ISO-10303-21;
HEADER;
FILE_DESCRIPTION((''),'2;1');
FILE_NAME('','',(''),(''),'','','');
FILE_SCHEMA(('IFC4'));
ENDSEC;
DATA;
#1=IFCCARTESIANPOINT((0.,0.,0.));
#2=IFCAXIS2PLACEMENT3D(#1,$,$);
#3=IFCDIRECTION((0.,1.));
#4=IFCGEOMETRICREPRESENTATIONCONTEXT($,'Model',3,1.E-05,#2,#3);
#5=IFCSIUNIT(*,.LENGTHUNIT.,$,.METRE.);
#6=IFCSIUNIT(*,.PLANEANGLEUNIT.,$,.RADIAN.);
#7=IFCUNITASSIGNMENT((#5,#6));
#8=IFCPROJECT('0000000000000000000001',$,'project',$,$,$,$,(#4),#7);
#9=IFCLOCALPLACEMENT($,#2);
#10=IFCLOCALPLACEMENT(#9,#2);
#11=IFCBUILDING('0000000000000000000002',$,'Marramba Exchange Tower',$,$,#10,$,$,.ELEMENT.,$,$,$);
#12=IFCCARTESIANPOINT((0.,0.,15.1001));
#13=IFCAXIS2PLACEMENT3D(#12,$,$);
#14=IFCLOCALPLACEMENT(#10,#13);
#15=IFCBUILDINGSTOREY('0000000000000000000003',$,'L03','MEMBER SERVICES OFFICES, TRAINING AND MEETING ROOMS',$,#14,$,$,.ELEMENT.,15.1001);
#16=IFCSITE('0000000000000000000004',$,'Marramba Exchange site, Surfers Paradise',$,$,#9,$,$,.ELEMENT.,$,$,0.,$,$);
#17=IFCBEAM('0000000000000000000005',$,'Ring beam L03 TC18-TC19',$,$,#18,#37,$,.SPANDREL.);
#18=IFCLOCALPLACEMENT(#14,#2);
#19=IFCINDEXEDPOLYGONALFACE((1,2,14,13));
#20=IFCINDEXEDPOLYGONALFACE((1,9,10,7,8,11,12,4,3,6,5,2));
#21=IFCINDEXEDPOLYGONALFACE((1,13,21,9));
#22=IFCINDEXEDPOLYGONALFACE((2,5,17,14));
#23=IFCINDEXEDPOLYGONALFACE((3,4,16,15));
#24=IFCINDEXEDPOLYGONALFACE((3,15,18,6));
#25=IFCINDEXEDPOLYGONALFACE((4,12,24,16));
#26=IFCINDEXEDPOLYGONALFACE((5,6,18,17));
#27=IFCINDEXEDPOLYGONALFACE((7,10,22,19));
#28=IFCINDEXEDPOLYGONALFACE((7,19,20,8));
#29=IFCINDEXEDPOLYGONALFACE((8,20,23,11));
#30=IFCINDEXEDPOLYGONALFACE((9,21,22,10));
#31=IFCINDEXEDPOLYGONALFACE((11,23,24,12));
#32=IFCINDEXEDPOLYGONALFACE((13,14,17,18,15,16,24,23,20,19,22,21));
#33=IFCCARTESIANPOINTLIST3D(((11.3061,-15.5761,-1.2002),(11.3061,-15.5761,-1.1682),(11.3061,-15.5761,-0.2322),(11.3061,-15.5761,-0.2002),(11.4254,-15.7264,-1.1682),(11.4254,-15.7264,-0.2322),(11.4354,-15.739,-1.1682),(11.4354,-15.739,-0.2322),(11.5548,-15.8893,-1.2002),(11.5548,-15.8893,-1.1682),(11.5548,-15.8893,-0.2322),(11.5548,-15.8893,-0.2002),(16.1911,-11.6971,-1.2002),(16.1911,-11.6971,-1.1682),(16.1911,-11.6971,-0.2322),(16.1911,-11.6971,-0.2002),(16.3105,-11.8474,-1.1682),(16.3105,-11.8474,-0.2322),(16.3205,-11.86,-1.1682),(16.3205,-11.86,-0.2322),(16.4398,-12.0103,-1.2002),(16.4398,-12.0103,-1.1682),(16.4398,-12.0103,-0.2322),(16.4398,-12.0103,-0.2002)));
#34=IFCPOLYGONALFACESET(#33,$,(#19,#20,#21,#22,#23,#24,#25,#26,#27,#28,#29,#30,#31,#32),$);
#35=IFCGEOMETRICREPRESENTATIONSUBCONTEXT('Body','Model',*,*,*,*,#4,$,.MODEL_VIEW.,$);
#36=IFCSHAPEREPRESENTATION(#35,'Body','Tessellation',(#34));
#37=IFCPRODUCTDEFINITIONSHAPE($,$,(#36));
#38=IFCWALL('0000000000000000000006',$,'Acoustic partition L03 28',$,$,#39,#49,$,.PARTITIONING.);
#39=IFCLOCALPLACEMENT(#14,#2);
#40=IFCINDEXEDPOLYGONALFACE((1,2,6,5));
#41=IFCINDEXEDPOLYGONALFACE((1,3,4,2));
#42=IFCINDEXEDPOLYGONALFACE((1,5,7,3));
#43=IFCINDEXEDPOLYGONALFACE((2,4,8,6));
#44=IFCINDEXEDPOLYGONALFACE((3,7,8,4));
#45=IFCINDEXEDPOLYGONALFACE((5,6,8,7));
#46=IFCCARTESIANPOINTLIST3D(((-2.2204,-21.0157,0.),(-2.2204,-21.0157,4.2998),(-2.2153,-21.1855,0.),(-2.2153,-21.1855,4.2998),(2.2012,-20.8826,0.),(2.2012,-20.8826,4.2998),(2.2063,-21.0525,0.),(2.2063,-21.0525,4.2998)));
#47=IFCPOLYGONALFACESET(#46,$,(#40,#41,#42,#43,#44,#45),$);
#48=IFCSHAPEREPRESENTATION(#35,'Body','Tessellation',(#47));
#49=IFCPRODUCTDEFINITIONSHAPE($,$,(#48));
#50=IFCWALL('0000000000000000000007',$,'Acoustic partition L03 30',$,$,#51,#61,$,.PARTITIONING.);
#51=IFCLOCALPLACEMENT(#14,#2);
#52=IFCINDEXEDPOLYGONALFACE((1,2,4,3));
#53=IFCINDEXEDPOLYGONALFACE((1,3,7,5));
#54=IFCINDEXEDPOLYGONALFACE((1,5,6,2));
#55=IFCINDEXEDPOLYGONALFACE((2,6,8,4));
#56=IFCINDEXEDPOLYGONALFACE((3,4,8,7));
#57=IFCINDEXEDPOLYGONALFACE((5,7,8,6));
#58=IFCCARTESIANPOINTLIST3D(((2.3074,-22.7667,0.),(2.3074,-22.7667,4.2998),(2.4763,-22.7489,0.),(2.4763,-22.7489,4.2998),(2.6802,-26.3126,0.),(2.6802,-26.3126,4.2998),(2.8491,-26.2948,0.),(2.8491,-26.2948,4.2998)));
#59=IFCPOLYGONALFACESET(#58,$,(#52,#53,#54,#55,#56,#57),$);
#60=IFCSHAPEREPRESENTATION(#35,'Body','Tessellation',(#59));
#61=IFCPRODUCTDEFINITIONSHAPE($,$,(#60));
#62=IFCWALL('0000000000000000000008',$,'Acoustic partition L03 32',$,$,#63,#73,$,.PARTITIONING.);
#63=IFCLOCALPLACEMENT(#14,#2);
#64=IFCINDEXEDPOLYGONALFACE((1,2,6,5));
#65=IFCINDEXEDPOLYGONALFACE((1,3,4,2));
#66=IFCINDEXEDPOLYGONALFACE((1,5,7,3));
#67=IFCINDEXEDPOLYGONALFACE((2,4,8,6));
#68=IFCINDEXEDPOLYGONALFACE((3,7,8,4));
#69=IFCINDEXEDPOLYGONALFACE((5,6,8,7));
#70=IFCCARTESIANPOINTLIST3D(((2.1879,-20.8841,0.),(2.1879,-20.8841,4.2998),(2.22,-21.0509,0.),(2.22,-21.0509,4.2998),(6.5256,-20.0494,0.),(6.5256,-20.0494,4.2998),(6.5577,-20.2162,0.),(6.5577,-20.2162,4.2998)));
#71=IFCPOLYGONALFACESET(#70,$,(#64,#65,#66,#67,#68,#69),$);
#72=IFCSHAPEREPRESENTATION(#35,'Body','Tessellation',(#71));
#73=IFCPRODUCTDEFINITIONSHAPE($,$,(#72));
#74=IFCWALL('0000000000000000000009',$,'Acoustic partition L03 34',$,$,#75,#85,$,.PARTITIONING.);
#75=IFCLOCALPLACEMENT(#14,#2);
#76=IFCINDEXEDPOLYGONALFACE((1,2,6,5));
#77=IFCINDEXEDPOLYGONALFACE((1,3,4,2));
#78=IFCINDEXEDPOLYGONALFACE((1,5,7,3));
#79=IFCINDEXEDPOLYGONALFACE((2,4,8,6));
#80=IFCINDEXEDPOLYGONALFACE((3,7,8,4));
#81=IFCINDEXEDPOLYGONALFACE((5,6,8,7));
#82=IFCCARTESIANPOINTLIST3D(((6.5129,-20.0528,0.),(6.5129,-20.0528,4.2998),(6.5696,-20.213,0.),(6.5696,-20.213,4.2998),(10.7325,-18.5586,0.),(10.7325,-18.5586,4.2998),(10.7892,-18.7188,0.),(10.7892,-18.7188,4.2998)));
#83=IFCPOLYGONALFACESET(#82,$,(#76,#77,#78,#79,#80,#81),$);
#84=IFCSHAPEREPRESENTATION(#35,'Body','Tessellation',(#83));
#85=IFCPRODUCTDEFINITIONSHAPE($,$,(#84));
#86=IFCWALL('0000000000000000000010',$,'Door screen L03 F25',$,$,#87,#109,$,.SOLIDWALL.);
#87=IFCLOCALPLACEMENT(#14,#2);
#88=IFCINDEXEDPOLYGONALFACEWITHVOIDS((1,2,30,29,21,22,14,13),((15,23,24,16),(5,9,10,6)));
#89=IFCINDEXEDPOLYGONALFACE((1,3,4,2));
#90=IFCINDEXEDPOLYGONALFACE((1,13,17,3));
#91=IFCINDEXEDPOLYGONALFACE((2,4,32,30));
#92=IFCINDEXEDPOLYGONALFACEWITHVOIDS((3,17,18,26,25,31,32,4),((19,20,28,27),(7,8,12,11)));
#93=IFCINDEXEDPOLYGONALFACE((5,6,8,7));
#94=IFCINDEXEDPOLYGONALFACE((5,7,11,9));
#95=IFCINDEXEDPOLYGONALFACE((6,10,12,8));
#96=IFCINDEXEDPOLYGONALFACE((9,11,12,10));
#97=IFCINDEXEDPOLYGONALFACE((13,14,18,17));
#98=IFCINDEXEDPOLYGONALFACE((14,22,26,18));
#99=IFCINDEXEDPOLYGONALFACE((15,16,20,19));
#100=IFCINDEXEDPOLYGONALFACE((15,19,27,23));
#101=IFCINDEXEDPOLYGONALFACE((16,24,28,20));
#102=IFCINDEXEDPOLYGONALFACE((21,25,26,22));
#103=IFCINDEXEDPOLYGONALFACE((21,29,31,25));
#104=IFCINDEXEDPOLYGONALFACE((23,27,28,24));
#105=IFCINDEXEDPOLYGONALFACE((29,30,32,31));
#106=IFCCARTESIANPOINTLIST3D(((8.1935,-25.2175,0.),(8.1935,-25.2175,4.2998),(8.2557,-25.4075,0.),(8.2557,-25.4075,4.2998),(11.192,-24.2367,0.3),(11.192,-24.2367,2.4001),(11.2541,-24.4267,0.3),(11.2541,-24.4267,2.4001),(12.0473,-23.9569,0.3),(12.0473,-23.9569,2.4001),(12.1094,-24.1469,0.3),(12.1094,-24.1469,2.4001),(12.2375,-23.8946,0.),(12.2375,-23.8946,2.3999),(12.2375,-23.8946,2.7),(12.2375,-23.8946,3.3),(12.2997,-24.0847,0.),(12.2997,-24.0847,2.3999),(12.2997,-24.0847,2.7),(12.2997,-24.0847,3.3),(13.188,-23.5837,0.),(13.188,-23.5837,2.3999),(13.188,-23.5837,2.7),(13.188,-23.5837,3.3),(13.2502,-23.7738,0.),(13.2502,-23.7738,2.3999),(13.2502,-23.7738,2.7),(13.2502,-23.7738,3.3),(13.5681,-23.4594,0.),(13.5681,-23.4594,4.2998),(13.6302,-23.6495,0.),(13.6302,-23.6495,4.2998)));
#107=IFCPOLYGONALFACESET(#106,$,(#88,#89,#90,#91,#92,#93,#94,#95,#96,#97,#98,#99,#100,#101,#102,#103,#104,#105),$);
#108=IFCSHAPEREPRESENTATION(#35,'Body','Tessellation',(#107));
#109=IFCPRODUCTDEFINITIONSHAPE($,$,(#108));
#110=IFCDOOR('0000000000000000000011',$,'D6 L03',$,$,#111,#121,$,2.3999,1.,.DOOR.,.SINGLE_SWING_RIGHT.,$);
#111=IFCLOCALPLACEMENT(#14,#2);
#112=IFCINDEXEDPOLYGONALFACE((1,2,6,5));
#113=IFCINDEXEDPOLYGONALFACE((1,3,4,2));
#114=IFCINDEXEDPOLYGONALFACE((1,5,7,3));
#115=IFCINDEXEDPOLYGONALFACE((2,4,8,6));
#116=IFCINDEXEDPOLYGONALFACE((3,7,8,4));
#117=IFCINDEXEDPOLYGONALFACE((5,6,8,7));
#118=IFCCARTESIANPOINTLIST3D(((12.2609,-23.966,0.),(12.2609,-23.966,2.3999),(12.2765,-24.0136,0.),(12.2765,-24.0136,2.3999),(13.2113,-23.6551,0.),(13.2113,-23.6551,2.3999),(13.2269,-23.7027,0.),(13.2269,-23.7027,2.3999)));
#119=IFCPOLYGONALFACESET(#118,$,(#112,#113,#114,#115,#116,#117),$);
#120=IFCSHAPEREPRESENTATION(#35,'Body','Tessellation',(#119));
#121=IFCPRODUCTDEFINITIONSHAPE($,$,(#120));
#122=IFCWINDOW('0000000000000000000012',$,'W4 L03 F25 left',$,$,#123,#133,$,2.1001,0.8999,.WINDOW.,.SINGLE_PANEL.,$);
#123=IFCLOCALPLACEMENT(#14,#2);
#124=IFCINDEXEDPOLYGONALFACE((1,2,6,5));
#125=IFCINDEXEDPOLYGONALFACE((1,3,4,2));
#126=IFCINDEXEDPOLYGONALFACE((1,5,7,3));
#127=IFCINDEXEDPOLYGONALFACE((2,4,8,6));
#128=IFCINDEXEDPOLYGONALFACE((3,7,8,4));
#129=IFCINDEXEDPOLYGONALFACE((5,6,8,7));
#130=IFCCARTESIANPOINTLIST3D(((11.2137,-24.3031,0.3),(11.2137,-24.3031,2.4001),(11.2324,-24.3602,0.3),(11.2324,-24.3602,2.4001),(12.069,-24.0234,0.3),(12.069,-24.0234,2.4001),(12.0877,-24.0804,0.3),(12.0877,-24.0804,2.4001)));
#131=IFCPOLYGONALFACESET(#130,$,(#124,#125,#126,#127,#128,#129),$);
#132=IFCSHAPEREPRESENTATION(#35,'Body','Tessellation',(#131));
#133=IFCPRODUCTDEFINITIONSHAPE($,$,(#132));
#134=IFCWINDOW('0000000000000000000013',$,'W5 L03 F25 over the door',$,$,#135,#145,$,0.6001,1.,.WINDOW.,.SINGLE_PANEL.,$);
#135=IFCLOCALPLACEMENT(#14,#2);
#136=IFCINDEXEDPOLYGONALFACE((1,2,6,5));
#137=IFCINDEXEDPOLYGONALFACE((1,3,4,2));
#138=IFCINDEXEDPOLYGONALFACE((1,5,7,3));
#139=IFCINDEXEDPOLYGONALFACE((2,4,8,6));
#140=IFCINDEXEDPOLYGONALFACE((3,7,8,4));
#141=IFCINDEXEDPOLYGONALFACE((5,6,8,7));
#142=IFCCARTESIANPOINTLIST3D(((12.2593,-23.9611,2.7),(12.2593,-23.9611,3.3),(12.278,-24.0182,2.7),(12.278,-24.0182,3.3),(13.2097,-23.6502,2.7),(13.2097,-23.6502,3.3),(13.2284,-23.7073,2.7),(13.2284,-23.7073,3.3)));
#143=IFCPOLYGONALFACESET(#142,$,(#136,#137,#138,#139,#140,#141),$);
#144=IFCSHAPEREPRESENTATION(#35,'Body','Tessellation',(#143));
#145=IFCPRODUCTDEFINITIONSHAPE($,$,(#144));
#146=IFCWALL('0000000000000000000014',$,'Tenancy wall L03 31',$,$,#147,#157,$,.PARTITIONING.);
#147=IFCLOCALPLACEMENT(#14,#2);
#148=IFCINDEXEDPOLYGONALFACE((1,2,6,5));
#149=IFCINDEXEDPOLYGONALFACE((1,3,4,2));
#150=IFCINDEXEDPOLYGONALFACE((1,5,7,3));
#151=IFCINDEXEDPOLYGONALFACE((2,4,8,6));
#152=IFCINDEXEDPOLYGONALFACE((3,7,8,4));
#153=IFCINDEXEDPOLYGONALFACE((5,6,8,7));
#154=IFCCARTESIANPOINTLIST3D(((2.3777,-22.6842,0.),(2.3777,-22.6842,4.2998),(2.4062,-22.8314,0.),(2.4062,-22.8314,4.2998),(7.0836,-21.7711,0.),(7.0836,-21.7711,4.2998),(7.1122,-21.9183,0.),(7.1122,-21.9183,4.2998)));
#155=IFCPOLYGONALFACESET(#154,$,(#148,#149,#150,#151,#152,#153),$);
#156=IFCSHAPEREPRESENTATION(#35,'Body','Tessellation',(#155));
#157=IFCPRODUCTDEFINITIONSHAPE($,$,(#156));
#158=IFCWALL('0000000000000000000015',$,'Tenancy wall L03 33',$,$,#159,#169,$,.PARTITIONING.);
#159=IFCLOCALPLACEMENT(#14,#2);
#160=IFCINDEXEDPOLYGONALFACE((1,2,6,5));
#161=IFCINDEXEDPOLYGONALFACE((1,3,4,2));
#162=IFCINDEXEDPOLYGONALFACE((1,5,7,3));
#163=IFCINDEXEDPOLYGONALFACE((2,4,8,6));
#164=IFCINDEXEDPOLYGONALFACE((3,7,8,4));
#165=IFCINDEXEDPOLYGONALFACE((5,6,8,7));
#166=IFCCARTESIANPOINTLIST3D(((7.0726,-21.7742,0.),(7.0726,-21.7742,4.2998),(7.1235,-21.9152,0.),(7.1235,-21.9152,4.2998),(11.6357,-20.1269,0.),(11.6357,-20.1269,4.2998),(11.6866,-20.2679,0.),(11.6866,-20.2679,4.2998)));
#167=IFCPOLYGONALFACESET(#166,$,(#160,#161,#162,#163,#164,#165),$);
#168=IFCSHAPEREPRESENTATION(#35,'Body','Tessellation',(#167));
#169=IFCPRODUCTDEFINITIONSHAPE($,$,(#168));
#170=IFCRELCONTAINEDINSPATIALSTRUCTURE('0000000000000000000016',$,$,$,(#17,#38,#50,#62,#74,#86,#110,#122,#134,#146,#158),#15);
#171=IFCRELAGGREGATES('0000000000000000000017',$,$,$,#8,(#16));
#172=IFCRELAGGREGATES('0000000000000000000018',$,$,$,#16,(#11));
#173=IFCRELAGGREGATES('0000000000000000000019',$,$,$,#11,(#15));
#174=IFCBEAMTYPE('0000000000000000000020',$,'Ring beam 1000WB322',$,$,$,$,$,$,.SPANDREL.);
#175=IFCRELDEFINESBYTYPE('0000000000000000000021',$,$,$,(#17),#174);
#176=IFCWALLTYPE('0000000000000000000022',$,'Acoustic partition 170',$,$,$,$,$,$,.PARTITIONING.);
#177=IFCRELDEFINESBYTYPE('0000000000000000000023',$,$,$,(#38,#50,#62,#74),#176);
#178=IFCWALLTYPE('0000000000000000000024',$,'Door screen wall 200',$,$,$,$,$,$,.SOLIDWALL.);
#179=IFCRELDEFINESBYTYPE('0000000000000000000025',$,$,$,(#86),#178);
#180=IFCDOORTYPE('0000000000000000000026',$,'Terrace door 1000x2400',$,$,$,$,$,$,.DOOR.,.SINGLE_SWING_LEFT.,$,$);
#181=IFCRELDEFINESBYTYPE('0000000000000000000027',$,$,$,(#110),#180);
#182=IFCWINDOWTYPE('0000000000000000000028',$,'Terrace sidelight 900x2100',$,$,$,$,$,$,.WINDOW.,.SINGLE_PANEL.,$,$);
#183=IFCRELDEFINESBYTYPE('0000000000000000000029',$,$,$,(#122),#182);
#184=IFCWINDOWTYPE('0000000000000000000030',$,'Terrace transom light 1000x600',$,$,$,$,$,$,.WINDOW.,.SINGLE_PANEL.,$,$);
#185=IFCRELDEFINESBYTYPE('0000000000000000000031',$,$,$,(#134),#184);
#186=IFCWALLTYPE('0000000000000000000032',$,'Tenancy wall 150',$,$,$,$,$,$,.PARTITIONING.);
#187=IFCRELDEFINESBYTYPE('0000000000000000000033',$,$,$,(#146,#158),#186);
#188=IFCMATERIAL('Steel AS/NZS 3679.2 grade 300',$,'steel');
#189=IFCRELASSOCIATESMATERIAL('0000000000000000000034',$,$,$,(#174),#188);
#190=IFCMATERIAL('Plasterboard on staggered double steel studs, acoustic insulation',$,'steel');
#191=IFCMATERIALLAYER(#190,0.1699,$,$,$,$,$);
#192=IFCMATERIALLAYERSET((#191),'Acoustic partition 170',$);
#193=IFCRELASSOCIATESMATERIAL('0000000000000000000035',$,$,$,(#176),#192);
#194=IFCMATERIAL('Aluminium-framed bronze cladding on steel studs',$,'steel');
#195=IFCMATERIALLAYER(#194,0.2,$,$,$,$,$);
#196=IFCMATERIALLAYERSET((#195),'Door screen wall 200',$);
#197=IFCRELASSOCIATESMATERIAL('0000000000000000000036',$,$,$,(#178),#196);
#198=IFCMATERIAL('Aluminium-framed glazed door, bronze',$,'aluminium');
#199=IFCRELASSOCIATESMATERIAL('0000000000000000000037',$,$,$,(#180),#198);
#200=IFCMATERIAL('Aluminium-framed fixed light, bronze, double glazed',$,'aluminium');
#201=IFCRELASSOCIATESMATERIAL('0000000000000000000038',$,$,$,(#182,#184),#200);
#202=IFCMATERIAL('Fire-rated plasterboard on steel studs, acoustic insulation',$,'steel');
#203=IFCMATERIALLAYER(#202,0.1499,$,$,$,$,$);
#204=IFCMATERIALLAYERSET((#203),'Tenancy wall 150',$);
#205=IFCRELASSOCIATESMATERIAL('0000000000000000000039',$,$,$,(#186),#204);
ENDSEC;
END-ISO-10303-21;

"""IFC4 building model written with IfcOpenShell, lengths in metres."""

from ifc_helpers import new_model, si_unit, direction, frame, frame_2d, origin, origin_2d, place, context, subcontext, project, spatial, rectangle, i_section, extrude, material, layer, layer_set, material_profile, profile_set, type_object, element, fill, save


model = new_model("IFC4")

# Units and contexts
model_context = context("Model", 3, precision=1e-05, world=origin(), true_north=direction((0.0, 1.0)))
body_context = subcontext(model_context, "Body", "Model", "MODEL_VIEW")
ifc_project = project(units=[si_unit("LENGTHUNIT", "METRE"), si_unit("PLANEANGLEUNIT", "RADIAN")], contexts=[model_context])

# Site, building, storey
site_placement = place(None, origin())
site = spatial("IfcSite", under=ifc_project, at=site_placement, Name="Marramba Exchange site, Surfers Paradise", CompositionType="ELEMENT", RefElevation=0.0)
building_placement = place(site_placement, origin())
building = spatial("IfcBuilding", under=site, at=building_placement, Name="Marramba Exchange Tower", CompositionType="ELEMENT")
storey_placement = place(building_placement, frame((0.0, 0.0, 15.1001)))
storey = spatial("IfcBuildingStorey", under=building, at=storey_placement, Name="L03", Description="MEMBER SERVICES OFFICES, TRAINING AND MEETING ROOMS", CompositionType="ELEMENT", Elevation=15.1001)

# Beam
ifc_material_1 = material(Name="Steel AS/NZS 3679.2 grade 300", Category="steel")
ifc_material_profile_1 = material_profile(ifc_material_1, i_section(OverallWidth=0.3999, OverallDepth=1.0, WebThickness=0.0161, FlangeThickness=0.032, at=origin_2d()), Name="1000WB322")
ifc_profile_set_1 = profile_set([ifc_material_profile_1], Name="Steel AS/NZS 3679.2 grade 300")
beam_type_1 = type_object("IfcBeamType", Name="Ring beam 1000WB322", PredefinedType="SPANDREL", material=ifc_profile_set_1)
beam_1_placement = place(storey_placement, frame((11.4304, -15.7327, -0.7002), z_axis=(0.783139, 0.621846, 0.0), x_axis=(-0.621846, 0.783139, 0.0)))
element("IfcBeam", 1, at=beam_1_placement, inside=storey, type_object=beam_type_1, Name="Ring beam L03 TC18-TC19", PredefinedType="SPANDREL", context=body_context, shape_type="SweptSolid", body=[
    extrude(i_section(OverallWidth=0.3999, OverallDepth=1.0, WebThickness=0.0161, FlangeThickness=0.032, at=origin_2d()), origin(), (0.0, 0.0, 1.0), 6.2378),
])

# Walls
ifc_material_2 = material(Name="Plasterboard on staggered double steel studs, acoustic insulation", Category="steel")
ifc_layer_1 = layer(ifc_material_2, 0.1699)
ifc_layer_set_1 = layer_set([ifc_layer_1], Name="Acoustic partition 170")
wall_type_1 = type_object("IfcWallType", Name="Acoustic partition 170", PredefinedType="PARTITIONING", material=ifc_layer_set_1)
wall_1_placement = place(storey_placement, frame((2.2039, -20.9675, 0.0), z_axis=(0.0, 0.0, 1.0), x_axis=(-0.999548, -0.030079, 0.0)))
element("IfcWall", 2, at=wall_1_placement, inside=storey, type_object=wall_type_1, Name="Acoustic partition L03 28", PredefinedType="PARTITIONING", context=body_context, shape_type="SweptSolid", body=[
    extrude(rectangle(XDim=4.4236, YDim=0.1699, at=frame_2d((2.2119, 0.0))), origin(), (0.0, 0.0, 1.0), 4.2998),
])
wall_2_placement = place(storey_placement, frame((2.3918, -22.7578, 0.0), z_axis=(0.0, 0.0, 1.0), x_axis=(0.10456, -0.994519, 0.0)))
element("IfcWall", 3, at=wall_2_placement, inside=storey, type_object=wall_type_1, Name="Acoustic partition L03 30", PredefinedType="PARTITIONING", context=body_context, shape_type="SweptSolid", body=[
    extrude(rectangle(XDim=3.5654, YDim=0.1699, at=frame_2d((1.7827, 0.0))), origin(), (0.0, 0.0, 1.0), 4.2998),
])
wall_3_placement = place(storey_placement, frame((6.5415, -20.1328, 0.0), z_axis=(0.0, 0.0, 1.0), x_axis=(-0.981983, -0.188968, 0.0)))
element("IfcWall", 4, at=wall_3_placement, inside=storey, type_object=wall_type_1, Name="Acoustic partition L03 32", PredefinedType="PARTITIONING", context=body_context, shape_type="SweptSolid", body=[
    extrude(rectangle(XDim=4.4172, YDim=0.1699, at=frame_2d((2.2085, 0.0))), origin(), (0.0, 0.0, 1.0), 4.2998),
])
wall_4_placement = place(storey_placement, frame((10.761, -18.6387, 0.0), z_axis=(0.0, 0.0, 1.0), x_axis=(-0.942645, -0.333796, 0.0)))
element("IfcWall", 5, at=wall_4_placement, inside=storey, type_object=wall_type_1, Name="Acoustic partition L03 34", PredefinedType="PARTITIONING", context=body_context, shape_type="SweptSolid", body=[
    extrude(rectangle(XDim=4.4763, YDim=0.1699, at=frame_2d((2.2383, 0.0))), origin(), (0.0, 0.0, 1.0), 4.2998),
])

# Wall, openings, door, windows
ifc_material_3 = material(Name="Aluminium-framed bronze cladding on steel studs", Category="steel")
ifc_layer_2 = layer(ifc_material_3, 0.2)
ifc_layer_set_2 = layer_set([ifc_layer_2], Name="Door screen wall 200")
wall_type_2 = type_object("IfcWallType", Name="Door screen wall 200", PredefinedType="SOLIDWALL", material=ifc_layer_set_2)
wall_5_placement = place(storey_placement, frame((8.2246, -25.3125, 0.0), z_axis=(0.0, 0.0, 1.0), x_axis=(0.950443, 0.310899, 0.0)))
wall_5 = element("IfcWall", 6, at=wall_5_placement, inside=storey, type_object=wall_type_2, Name="Door screen L03 F25", PredefinedType="SOLIDWALL", context=body_context, shape_type="SweptSolid", body=[
    extrude(rectangle(XDim=5.6548, YDim=0.2, at=frame_2d((2.8274, 0.0))), origin(), (0.0, 0.0, 1.0), 4.2998),
])
opening_1_placement = place(wall_5_placement, frame((4.2549, 0.0, 0.0)))
opening_1 = element("IfcOpeningElement", 7, at=opening_1_placement, cuts=wall_5, PredefinedType="OPENING", context=body_context, shape_type="SweptSolid", body=[
    extrude(rectangle(XDim=1.0, YDim=2.3999, at=frame_2d((0.5, 1.2))), frame((0.0, 0.1099, 0.0), z_axis=(0.0, -1.0, 0.0), x_axis=(1.0, 0.0, 0.0)), (0.0, 0.0, 1.0), 0.22),
])
opening_2_placement = place(wall_5_placement, frame((3.1548, 0.0, 0.3)))
opening_2 = element("IfcOpeningElement", 8, at=opening_2_placement, cuts=wall_5, PredefinedType="OPENING", context=body_context, shape_type="SweptSolid", body=[
    extrude(rectangle(XDim=0.8999, YDim=2.1001, at=frame_2d((0.45, 1.05))), frame((0.0, 0.1099, 0.0), z_axis=(0.0, -1.0, 0.0), x_axis=(1.0, 0.0, 0.0)), (0.0, 0.0, 1.0), 0.22),
])
opening_3_placement = place(wall_5_placement, frame((4.2549, 0.0, 2.7)))
opening_3 = element("IfcOpeningElement", 9, at=opening_3_placement, cuts=wall_5, PredefinedType="OPENING", context=body_context, shape_type="SweptSolid", body=[
    extrude(rectangle(XDim=1.0, YDim=0.6001, at=frame_2d((0.5, 0.3))), frame((0.0, 0.1099, 0.0), z_axis=(0.0, -1.0, 0.0), x_axis=(1.0, 0.0, 0.0)), (0.0, 0.0, 1.0), 0.22),
])
ifc_material_4 = material(Name="Aluminium-framed glazed door, bronze", Category="aluminium")
door_type_1 = type_object("IfcDoorType", Name="Terrace door 1000x2400", OperationType="SINGLE_SWING_LEFT", PredefinedType="DOOR", material=ifc_material_4)
door_1_placement = place(opening_1_placement, frame((1.0, 0.0, 0.0), z_axis=(0.0, 0.0, 1.0), x_axis=(-1.0, 0.0, 0.0)))
door_1 = element("IfcDoor", 10, at=door_1_placement, inside=storey, type_object=door_type_1, Name="D6 L03", OperationType="SINGLE_SWING_RIGHT", OverallHeight=2.3999, OverallWidth=1.0, PredefinedType="DOOR", context=body_context, shape_type="SweptSolid", body=[
    extrude(rectangle(XDim=1.0, YDim=2.3999, at=frame_2d((0.5, 1.2))), frame((0.0, 0.0251, 0.0), z_axis=(0.0, -1.0, 0.0), x_axis=(1.0, 0.0, 0.0)), (0.0, 0.0, 1.0), 0.05),
])
fill(opening_1, door_1)
ifc_material_5 = material(Name="Aluminium-framed fixed light, bronze, double glazed", Category="aluminium")
window_type_1 = type_object("IfcWindowType", Name="Terrace sidelight 900x2100", PartitioningType="SINGLE_PANEL", PredefinedType="WINDOW", material=ifc_material_5)
window_1_placement = place(opening_2_placement, origin())
window_1 = element("IfcWindow", 11, at=window_1_placement, inside=storey, type_object=window_type_1, Name="W4 L03 F25 left", OverallHeight=2.1001, OverallWidth=0.8999, PartitioningType="SINGLE_PANEL", PredefinedType="WINDOW", context=body_context, shape_type="SweptSolid", body=[
    extrude(rectangle(XDim=0.8999, YDim=2.1001, at=frame_2d((0.45, 1.05))), frame((0.0, 0.03, 0.0), z_axis=(0.0, -1.0, 0.0), x_axis=(1.0, 0.0, 0.0)), (0.0, 0.0, 1.0), 0.0601),
])
fill(opening_2, window_1)
window_type_2 = type_object("IfcWindowType", Name="Terrace transom light 1000x600", PartitioningType="SINGLE_PANEL", PredefinedType="WINDOW", material=ifc_material_5)
window_2_placement = place(opening_3_placement, origin())
window_2 = element("IfcWindow", 12, at=window_2_placement, inside=storey, type_object=window_type_2, Name="W5 L03 F25 over the door", OverallHeight=0.6001, OverallWidth=1.0, PartitioningType="SINGLE_PANEL", PredefinedType="WINDOW", context=body_context, shape_type="SweptSolid", body=[
    extrude(rectangle(XDim=1.0, YDim=0.6001, at=frame_2d((0.5, 0.3))), frame((0.0, 0.03, 0.0), z_axis=(0.0, -1.0, 0.0), x_axis=(1.0, 0.0, 0.0)), (0.0, 0.0, 1.0), 0.0601),
])
fill(opening_3, window_2)

# Walls
ifc_material_6 = material(Name="Fire-rated plasterboard on steel studs, acoustic insulation", Category="steel")
ifc_layer_3 = layer(ifc_material_6, 0.1499)
ifc_layer_set_3 = layer_set([ifc_layer_3], Name="Tenancy wall 150")
wall_type_3 = type_object("IfcWallType", Name="Tenancy wall 150", PredefinedType="PARTITIONING", material=ifc_layer_set_3)
wall_6_placement = place(storey_placement, frame((2.3918, -22.7578, 0.0), z_axis=(0.0, 0.0, 1.0), x_axis=(0.981693, 0.190472, 0.0)))
element("IfcWall", 13, at=wall_6_placement, inside=storey, type_object=wall_type_3, Name="Tenancy wall L03 31", PredefinedType="PARTITIONING", context=body_context, shape_type="SweptSolid", body=[
    extrude(rectangle(XDim=4.7937, YDim=0.1499, at=frame_2d((2.397, 0.0))), origin(), (0.0, 0.0, 1.0), 4.2998),
])
wall_7_placement = place(storey_placement, frame((7.0979, -21.8447, 0.0), z_axis=(0.0, 0.0, 1.0), x_axis=(0.940589, 0.339548, 0.0)))
element("IfcWall", 14, at=wall_7_placement, inside=storey, type_object=wall_type_3, Name="Tenancy wall L03 33", PredefinedType="PARTITIONING", context=body_context, shape_type="SweptSolid", body=[
    extrude(rectangle(XDim=4.8513, YDim=0.1499, at=frame_2d((2.4258, 0.0))), origin(), (0.0, 0.0, 1.0), 4.2998),
])

save(model, "model.ifc")
